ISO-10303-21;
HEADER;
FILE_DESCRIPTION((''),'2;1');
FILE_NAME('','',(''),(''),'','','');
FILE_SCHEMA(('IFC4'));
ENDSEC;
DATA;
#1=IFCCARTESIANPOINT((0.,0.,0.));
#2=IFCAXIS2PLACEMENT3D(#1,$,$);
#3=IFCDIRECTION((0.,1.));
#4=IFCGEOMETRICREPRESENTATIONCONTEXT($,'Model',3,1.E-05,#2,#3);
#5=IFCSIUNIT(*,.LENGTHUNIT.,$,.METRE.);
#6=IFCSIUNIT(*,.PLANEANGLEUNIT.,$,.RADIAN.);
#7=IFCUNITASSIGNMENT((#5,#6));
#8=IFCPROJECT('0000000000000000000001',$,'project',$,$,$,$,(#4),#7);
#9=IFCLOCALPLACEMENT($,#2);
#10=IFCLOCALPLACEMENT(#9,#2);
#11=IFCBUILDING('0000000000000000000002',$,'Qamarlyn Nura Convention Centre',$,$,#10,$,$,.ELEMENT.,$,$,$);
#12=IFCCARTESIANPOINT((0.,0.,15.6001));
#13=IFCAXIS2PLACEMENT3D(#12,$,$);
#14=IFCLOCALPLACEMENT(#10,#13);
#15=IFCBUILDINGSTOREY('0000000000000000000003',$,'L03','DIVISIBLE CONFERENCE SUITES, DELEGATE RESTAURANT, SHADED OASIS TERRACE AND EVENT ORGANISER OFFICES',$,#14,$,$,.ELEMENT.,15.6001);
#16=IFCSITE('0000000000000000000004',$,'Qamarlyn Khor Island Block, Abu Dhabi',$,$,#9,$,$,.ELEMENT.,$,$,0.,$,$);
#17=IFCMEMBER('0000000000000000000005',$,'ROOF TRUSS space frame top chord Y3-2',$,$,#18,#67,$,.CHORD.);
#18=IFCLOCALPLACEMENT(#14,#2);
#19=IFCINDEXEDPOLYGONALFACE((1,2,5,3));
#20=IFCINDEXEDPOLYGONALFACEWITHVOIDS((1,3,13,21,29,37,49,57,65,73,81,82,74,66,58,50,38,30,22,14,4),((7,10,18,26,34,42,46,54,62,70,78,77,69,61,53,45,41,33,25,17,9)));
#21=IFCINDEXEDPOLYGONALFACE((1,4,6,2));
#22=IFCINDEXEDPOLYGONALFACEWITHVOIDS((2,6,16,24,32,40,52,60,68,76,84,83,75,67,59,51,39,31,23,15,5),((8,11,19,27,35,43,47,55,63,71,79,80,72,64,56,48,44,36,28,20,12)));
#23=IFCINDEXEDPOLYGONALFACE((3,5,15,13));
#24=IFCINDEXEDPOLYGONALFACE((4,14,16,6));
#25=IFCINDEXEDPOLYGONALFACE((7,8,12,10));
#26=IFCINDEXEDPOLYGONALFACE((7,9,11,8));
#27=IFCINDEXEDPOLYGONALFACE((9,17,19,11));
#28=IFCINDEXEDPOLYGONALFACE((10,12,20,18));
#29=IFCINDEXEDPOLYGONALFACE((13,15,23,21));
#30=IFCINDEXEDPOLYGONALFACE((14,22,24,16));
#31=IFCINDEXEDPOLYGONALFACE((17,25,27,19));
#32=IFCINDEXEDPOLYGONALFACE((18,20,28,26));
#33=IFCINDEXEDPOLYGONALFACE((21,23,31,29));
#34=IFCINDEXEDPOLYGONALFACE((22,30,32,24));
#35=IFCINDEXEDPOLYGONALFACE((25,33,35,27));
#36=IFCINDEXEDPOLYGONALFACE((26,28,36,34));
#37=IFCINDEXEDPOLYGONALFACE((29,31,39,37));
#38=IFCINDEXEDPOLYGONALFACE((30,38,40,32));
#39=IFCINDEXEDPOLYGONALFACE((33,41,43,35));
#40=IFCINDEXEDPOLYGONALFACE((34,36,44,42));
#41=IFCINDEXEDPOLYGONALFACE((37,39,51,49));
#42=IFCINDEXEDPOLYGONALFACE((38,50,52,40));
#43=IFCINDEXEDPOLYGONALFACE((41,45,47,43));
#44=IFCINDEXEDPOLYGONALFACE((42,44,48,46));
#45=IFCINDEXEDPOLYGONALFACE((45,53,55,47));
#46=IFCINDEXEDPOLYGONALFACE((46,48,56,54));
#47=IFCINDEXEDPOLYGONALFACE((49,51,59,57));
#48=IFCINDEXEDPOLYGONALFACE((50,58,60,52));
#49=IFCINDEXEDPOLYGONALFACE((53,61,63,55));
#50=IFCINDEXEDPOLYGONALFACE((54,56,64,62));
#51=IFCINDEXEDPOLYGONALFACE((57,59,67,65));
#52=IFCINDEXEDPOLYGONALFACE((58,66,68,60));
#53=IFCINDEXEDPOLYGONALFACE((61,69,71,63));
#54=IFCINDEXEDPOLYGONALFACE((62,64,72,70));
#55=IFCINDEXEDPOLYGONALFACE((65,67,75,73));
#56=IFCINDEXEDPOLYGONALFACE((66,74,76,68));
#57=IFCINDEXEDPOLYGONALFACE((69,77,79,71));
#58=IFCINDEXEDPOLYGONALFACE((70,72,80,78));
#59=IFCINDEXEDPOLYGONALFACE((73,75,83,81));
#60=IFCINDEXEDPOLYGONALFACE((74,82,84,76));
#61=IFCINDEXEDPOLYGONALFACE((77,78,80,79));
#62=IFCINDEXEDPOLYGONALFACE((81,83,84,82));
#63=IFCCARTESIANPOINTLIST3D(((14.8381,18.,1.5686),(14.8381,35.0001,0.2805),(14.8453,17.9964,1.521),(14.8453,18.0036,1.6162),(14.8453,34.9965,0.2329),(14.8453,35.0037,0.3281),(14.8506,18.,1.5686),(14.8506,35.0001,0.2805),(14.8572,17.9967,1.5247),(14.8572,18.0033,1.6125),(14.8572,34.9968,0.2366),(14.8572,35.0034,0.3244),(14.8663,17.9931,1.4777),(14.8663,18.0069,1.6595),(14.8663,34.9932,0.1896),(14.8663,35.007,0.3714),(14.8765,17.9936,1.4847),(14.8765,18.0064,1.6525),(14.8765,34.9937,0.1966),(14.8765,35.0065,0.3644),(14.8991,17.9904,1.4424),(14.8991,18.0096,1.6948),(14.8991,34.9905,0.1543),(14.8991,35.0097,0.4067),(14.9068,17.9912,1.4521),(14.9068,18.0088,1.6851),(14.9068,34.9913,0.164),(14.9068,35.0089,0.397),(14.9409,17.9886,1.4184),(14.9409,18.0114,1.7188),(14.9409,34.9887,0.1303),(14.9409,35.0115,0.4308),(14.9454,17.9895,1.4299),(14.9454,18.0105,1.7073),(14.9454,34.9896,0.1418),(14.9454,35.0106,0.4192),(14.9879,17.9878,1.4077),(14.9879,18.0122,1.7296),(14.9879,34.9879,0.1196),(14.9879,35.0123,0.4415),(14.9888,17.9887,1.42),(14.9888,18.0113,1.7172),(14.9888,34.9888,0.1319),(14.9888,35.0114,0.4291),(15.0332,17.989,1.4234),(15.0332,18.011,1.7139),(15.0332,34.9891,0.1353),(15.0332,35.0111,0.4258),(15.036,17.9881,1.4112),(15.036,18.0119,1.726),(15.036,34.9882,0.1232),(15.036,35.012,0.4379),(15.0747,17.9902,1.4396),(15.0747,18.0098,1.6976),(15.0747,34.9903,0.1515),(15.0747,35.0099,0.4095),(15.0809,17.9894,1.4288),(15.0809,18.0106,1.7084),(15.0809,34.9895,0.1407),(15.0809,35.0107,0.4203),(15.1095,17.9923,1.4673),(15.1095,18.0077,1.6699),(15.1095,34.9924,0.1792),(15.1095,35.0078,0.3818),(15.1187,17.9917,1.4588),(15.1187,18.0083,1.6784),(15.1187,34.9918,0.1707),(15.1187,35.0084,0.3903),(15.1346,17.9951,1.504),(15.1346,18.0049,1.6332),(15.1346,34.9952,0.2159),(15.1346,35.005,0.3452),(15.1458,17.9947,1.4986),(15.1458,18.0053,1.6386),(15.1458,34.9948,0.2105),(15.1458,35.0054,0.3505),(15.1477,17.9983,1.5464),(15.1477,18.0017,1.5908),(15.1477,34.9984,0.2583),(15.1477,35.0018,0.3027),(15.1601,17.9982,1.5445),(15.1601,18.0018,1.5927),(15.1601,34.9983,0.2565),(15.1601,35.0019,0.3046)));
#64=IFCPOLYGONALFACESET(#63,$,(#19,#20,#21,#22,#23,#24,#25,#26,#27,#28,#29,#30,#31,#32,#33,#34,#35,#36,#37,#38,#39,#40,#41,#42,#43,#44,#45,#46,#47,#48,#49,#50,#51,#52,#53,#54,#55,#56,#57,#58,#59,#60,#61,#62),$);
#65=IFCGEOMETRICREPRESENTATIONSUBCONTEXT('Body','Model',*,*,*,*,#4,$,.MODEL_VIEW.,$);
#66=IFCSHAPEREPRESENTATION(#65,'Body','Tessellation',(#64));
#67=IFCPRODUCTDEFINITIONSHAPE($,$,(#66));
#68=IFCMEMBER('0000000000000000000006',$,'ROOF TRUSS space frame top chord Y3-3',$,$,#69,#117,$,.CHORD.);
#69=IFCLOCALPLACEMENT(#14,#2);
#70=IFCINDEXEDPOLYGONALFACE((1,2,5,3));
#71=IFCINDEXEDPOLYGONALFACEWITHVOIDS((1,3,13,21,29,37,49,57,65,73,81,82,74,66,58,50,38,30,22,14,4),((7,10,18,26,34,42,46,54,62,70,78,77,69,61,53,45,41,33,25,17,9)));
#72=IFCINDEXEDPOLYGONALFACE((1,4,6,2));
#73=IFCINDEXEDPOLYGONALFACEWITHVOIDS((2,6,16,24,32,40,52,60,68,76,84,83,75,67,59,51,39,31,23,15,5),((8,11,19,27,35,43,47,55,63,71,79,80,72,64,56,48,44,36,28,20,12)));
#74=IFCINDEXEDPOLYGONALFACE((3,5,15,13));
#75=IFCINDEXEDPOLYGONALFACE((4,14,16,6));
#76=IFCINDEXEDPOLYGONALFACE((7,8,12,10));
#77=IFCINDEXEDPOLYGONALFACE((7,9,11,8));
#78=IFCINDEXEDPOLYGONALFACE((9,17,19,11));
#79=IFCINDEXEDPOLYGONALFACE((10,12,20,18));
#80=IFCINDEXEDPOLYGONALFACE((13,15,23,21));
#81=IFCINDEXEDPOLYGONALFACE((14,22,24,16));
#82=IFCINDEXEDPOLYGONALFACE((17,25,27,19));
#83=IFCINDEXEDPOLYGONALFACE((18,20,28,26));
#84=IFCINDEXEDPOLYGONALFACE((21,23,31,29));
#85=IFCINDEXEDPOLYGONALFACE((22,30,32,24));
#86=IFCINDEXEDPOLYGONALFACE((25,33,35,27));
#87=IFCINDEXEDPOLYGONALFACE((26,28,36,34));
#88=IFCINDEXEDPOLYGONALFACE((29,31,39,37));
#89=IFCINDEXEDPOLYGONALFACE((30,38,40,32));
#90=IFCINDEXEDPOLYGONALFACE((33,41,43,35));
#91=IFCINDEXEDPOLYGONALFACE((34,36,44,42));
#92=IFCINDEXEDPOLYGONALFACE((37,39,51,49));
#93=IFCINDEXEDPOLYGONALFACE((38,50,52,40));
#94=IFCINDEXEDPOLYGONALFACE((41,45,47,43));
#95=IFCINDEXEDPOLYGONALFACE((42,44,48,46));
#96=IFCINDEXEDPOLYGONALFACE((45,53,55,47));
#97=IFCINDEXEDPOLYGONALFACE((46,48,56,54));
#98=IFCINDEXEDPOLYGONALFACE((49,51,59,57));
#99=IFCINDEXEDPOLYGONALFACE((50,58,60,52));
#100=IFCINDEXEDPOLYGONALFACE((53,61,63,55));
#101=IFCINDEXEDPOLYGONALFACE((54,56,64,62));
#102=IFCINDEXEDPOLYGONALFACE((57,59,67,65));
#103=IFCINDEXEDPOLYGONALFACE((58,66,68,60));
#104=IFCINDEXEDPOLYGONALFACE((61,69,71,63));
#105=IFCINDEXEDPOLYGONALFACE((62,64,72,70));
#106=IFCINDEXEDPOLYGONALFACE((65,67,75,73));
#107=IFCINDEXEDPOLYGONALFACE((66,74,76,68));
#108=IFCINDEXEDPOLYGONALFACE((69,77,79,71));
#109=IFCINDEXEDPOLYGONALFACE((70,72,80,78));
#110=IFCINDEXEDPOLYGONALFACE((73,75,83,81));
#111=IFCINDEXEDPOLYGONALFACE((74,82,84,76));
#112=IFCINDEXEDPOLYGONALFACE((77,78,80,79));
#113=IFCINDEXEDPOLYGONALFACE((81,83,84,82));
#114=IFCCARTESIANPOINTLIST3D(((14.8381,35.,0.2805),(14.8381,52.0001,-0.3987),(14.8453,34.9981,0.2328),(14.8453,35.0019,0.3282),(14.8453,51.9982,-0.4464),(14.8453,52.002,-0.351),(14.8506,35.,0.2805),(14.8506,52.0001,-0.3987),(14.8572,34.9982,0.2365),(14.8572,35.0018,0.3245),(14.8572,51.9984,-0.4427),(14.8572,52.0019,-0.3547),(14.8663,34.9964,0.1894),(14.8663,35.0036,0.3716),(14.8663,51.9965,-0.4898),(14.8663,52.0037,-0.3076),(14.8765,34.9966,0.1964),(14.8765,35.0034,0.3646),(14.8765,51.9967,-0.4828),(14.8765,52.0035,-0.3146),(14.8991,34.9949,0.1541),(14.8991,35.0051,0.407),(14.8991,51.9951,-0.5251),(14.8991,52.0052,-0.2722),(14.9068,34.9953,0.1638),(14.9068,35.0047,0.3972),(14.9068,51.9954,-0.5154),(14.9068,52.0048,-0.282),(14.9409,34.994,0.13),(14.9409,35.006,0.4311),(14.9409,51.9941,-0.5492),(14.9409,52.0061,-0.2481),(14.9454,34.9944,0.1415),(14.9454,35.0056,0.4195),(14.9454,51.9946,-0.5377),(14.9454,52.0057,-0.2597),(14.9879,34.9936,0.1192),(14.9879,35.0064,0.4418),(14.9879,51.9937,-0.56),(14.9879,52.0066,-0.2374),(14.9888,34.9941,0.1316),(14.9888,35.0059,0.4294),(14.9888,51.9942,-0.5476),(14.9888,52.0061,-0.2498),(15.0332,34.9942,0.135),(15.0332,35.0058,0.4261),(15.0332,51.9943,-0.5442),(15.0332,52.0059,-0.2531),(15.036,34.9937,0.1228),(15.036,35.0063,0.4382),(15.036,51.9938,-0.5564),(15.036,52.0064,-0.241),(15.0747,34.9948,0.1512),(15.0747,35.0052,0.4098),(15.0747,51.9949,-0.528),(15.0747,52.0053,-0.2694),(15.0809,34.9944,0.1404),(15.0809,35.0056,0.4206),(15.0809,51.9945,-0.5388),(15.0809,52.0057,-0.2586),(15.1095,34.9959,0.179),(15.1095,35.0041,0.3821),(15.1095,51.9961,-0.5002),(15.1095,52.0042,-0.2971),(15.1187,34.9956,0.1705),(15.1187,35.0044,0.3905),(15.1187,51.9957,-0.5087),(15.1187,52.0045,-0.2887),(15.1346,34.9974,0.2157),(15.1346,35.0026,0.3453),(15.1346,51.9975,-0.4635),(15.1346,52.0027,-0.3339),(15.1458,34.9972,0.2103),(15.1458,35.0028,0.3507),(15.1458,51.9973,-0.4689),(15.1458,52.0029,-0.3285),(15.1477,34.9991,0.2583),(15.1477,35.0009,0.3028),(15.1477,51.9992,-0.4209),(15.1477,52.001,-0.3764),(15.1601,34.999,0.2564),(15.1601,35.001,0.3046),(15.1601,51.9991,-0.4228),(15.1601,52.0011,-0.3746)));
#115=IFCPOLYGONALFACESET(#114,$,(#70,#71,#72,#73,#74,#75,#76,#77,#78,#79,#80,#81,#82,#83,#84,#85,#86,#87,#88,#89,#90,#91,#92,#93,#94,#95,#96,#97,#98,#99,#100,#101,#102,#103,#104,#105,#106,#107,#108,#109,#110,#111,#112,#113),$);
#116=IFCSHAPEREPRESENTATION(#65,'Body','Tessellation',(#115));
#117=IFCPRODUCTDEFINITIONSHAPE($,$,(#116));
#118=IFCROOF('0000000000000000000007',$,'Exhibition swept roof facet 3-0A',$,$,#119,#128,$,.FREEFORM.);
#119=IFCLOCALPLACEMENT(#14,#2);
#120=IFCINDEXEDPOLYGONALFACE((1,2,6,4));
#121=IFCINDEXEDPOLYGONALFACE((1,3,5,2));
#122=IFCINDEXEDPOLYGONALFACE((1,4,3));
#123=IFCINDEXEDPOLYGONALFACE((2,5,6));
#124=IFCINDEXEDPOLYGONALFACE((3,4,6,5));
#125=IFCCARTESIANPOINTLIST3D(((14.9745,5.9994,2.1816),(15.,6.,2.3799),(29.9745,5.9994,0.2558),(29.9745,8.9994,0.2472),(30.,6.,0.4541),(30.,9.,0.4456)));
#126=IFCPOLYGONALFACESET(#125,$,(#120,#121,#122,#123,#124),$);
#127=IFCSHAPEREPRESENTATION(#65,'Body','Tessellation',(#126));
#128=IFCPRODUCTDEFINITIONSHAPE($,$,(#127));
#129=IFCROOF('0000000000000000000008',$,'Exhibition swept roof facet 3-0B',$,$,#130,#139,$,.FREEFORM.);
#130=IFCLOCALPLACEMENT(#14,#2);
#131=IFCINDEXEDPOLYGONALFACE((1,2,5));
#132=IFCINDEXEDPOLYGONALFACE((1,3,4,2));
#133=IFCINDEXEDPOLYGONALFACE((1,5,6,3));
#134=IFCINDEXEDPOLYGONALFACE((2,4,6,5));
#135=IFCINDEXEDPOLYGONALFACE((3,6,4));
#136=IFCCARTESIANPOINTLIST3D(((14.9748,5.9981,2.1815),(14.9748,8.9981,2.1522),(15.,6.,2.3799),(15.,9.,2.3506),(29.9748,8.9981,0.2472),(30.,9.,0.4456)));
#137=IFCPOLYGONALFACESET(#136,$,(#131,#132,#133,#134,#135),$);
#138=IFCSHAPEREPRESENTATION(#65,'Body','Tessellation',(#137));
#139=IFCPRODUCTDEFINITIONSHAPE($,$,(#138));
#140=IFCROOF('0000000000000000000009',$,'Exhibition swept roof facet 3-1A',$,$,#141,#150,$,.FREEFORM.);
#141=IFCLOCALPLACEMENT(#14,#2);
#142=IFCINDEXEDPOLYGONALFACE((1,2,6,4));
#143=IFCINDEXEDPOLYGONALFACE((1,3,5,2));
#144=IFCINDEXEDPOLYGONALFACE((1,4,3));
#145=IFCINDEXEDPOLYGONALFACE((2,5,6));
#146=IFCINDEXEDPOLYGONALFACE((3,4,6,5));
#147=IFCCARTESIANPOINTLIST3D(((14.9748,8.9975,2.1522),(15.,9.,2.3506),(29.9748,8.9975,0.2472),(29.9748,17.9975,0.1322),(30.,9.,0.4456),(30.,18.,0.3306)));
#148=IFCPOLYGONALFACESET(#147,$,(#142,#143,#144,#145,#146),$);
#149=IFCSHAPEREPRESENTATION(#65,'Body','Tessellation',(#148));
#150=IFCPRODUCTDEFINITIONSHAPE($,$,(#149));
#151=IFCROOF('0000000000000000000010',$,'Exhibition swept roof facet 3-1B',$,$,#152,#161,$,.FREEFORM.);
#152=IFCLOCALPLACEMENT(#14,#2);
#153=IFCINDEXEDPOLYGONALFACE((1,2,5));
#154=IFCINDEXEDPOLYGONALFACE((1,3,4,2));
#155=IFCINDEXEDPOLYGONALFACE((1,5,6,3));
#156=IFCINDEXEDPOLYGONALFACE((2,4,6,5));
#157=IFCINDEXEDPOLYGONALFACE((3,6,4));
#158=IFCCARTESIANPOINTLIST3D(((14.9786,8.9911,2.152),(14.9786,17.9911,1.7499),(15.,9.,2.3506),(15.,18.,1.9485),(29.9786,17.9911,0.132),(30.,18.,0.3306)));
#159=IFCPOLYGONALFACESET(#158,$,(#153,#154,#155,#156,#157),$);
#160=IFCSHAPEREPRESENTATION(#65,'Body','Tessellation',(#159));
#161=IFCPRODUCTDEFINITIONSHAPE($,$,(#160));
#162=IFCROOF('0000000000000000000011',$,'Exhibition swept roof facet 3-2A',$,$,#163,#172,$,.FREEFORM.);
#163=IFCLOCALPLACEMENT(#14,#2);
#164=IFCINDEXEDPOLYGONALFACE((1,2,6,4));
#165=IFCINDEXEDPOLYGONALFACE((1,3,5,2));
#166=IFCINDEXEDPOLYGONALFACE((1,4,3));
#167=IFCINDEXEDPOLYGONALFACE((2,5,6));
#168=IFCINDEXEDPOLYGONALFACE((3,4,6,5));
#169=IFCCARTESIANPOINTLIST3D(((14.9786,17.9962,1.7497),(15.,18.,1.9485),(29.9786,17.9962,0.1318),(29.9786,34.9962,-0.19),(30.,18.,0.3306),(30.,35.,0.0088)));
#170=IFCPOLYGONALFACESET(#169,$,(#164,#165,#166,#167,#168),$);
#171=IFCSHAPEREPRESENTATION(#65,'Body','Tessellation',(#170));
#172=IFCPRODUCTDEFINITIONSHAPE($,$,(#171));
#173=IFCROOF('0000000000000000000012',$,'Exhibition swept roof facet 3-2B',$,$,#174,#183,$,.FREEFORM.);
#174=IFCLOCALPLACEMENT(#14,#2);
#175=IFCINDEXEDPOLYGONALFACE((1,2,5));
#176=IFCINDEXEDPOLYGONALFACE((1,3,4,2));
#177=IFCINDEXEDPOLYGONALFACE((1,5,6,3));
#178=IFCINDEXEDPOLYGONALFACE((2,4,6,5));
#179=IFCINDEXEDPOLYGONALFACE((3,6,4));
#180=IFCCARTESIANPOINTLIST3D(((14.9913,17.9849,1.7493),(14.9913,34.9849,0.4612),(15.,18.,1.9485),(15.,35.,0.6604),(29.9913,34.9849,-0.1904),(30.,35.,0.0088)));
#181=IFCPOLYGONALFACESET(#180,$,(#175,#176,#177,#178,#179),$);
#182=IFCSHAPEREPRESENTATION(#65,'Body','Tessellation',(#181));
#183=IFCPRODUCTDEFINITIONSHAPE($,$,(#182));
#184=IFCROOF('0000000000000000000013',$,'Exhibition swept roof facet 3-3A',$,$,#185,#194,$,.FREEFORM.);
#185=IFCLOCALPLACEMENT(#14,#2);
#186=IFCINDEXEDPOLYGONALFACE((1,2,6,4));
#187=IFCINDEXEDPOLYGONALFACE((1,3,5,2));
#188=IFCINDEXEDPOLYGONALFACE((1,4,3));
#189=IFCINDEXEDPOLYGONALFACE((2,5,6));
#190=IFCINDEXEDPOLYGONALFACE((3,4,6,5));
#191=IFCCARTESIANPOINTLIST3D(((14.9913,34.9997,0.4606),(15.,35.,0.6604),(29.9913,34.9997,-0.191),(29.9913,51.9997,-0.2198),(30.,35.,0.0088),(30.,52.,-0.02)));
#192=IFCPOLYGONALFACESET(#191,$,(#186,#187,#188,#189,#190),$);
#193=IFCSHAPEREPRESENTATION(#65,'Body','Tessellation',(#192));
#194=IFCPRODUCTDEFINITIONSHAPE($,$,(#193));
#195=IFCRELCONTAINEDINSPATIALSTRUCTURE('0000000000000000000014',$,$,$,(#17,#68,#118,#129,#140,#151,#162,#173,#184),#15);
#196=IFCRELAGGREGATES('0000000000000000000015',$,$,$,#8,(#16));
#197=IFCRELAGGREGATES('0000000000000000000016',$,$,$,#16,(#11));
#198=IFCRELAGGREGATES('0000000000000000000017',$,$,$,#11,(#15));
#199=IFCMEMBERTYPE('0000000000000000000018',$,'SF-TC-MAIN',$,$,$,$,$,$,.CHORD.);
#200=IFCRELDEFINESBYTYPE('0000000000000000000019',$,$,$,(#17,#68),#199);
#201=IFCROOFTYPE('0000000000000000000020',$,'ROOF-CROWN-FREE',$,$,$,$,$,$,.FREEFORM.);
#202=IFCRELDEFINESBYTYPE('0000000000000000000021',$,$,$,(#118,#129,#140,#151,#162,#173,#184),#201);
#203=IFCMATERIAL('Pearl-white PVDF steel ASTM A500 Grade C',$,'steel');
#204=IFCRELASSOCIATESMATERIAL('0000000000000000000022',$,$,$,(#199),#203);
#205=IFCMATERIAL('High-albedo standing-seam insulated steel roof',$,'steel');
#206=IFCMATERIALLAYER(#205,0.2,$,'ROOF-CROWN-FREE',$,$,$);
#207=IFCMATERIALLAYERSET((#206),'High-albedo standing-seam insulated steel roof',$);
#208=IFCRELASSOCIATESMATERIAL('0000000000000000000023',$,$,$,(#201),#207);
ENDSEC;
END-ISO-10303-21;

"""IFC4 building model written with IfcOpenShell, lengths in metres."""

from ifc_helpers import new_model, si_unit, direction, frame, origin, origin_2d, place, context, subcontext, project, spatial, polyline, hollow_circle, outline, extrude, material, layer, layer_set, material_profile, profile_set, type_object, element, save


model = new_model("IFC4")

# Units and contexts
model_context = context("Model", 3, precision=1e-05, world=origin(), true_north=direction((0.0, 1.0)))
body_context = subcontext(model_context, "Body", "Model", "MODEL_VIEW")
ifc_project = project(units=[si_unit("LENGTHUNIT", "METRE"), si_unit("PLANEANGLEUNIT", "RADIAN")], contexts=[model_context])

# Site, building, storey
site_placement = place(None, origin())
site = spatial("IfcSite", under=ifc_project, at=site_placement, Name="Qamarlyn Khor Island Block, Abu Dhabi", CompositionType="ELEMENT", RefElevation=0.0)
building_placement = place(site_placement, origin())
building = spatial("IfcBuilding", under=site, at=building_placement, Name="Qamarlyn Nura Convention Centre", CompositionType="ELEMENT")
storey_placement = place(building_placement, frame((0.0, 0.0, 15.6001)))
storey = spatial("IfcBuildingStorey", under=building, at=storey_placement, Name="L03", Description="DIVISIBLE CONFERENCE SUITES, DELEGATE RESTAURANT, SHADED OASIS TERRACE AND EVENT ORGANISER OFFICES", CompositionType="ELEMENT", Elevation=15.6001)

# Members
ifc_material_1 = material(Name="Pearl-white PVDF steel ASTM A500 Grade C", Category="steel")
ifc_material_profile_1 = material_profile(ifc_material_1, hollow_circle(Radius=0.1619, WallThickness=0.0125, at=origin_2d()), Name="CHS323.9X12.5")
ifc_profile_set_1 = profile_set([ifc_material_profile_1], Name="Pearl-white PVDF steel ASTM A500 Grade C")
member_type_1 = type_object("IfcMemberType", Name="SF-TC-MAIN", PredefinedType="CHORD", material=ifc_profile_set_1)
member_1_placement = place(storey_placement, frame((15.0, 18.0, 1.5686), z_axis=(0.0, 0.997142, -0.075553), x_axis=(-1.0, 0.0, 0.0)))
element("IfcMember", 1, at=member_1_placement, inside=storey, type_object=member_type_1, Name="ROOF TRUSS space frame top chord Y3-2", PredefinedType="CHORD", context=body_context, shape_type="SweptSolid", body=[
    extrude(hollow_circle(Radius=0.1619, WallThickness=0.0125, at=origin_2d()), origin(), (0.0, 0.0, 1.0), 17.0488),
])
member_2_placement = place(storey_placement, frame((15.0, 35.0, 0.2805), z_axis=(0.0, 0.999203, -0.039921), x_axis=(-1.0, 0.0, 0.0)))
element("IfcMember", 2, at=member_2_placement, inside=storey, type_object=member_type_1, Name="ROOF TRUSS space frame top chord Y3-3", PredefinedType="CHORD", context=body_context, shape_type="SweptSolid", body=[
    extrude(hollow_circle(Radius=0.1619, WallThickness=0.0125, at=origin_2d()), origin(), (0.0, 0.0, 1.0), 17.0137),
])

# Roofs
ifc_material_2 = material(Name="High-albedo standing-seam insulated steel roof", Category="steel")
ifc_layer = layer(ifc_material_2, 0.2, Name="ROOF-CROWN-FREE")
ifc_layer_set = layer_set([ifc_layer], Name="High-albedo standing-seam insulated steel roof")
roof_type = type_object("IfcRoofType", Name="ROOF-CROWN-FREE", PredefinedType="FREEFORM", material=ifc_layer_set)
roof_1_placement = place(storey_placement, frame((15.0, 6.0, 2.3799), z_axis=(0.12734, 0.002825, 0.991855), x_axis=(0.991859, 0.0, -0.12734)))
element("IfcRoof", 3, at=roof_1_placement, inside=storey, type_object=roof_type, Name="Exhibition swept roof facet 3-0A", PredefinedType="FREEFORM", context=body_context, shape_type="SweptSolid", body=[
    extrude(outline(polyline([(0.0, 0.0), (15.1231, 0.0), (15.1242, 3.0), (0.0, 0.0)])), origin(), (0.0, 0.0, -1.0), 0.2),
])
roof_2_placement = place(storey_placement, frame((15.0, 6.0, 2.3799), z_axis=(0.125984, 0.009687, 0.991985), x_axis=(0.972834, 0.194567, -0.125452)))
element("IfcRoof", 4, at=roof_2_placement, inside=storey, type_object=roof_type, Name="Exhibition swept roof facet 3-0B", PredefinedType="FREEFORM", context=body_context, shape_type="SweptSolid", body=[
    extrude(outline(polyline([(0.0, 0.0), (15.4189, 0.0), (0.5874, 2.9421), (0.0, 0.0)])), origin(), (0.0, 0.0, -1.0), 0.2),
])
roof_3_placement = place(storey_placement, frame((15.0, 9.0, 2.3506), z_axis=(0.12598, 0.012674, 0.991952), x_axis=(0.992032, 0.0, -0.12599)))
element("IfcRoof", 5, at=roof_3_placement, inside=storey, type_object=roof_type, Name="Exhibition swept roof facet 3-1A", PredefinedType="FREEFORM", context=body_context, shape_type="SweptSolid", body=[
    extrude(outline(polyline([(0.0, 0.0), (15.1205, 0.0), (15.135, 9.0007), (0.0, 0.0)])), origin(), (0.0, 0.0, -1.0), 0.2),
])
roof_4_placement = place(storey_placement, frame((15.0, 9.0, 2.3506), z_axis=(0.107134, 0.044376, 0.993254), x_axis=(0.851832, 0.511099, -0.114715)))
element("IfcRoof", 6, at=roof_4_placement, inside=storey, type_object=roof_type, Name="Exhibition swept roof facet 3-1B", PredefinedType="FREEFORM", context=body_context, shape_type="SweptSolid", body=[
    extrude(outline(polyline([(0.0, 0.0), (17.6091, 0.0), (4.646, 7.7186), (0.0, 0.0)])), origin(), (0.0, 0.0, -1.0), 0.2),
])
roof_5_placement = place(storey_placement, frame((15.0, 18.0, 1.9485), z_axis=(0.10722, 0.018816, 0.994057), x_axis=(0.994233, 0.0, -0.107239)))
element("IfcRoof", 7, at=roof_5_placement, inside=storey, type_object=roof_type, Name="Exhibition swept roof facet 3-2A", PredefinedType="FREEFORM", context=body_context, shape_type="SweptSolid", body=[
    extrude(outline(polyline([(0.0, 0.0), (15.087, 0.0), (15.1215, 17.003), (0.0, 0.0)])), origin(), (0.0, 0.0, -1.0), 0.2),
])
roof_6_placement = place(storey_placement, frame((15.0, 18.0, 1.9485), z_axis=(0.043276, 0.075482, 0.996208), x_axis=(0.659213, 0.747108, -0.085245)))
element("IfcRoof", 8, at=roof_6_placement, inside=storey, type_object=roof_type, Name="Exhibition swept roof facet 3-2B", PredefinedType="FREEFORM", context=body_context, shape_type="SweptSolid", body=[
    extrude(outline(polyline([(0.0, 0.0), (22.7544, 0.0), (12.8106, 11.2493), (0.0, 0.0)])), origin(), (0.0, 0.0, -1.0), 0.2),
])
roof_7_placement = place(storey_placement, frame((15.0, 35.0, 0.6604), z_axis=(0.0434, 0.001693, 0.999056), x_axis=(0.999058, 0.0, -0.0434)))
element("IfcRoof", 9, at=roof_7_placement, inside=storey, type_object=roof_type, Name="Exhibition swept roof facet 3-3A", PredefinedType="FREEFORM", context=body_context, shape_type="SweptSolid", body=[
    extrude(outline(polyline([(0.0, 0.0), (15.0141, 0.0), (15.0154, 17.0), (0.0, 0.0)])), origin(), (0.0, 0.0, -1.0), 0.2),
])

save(model, "model.ifc")
